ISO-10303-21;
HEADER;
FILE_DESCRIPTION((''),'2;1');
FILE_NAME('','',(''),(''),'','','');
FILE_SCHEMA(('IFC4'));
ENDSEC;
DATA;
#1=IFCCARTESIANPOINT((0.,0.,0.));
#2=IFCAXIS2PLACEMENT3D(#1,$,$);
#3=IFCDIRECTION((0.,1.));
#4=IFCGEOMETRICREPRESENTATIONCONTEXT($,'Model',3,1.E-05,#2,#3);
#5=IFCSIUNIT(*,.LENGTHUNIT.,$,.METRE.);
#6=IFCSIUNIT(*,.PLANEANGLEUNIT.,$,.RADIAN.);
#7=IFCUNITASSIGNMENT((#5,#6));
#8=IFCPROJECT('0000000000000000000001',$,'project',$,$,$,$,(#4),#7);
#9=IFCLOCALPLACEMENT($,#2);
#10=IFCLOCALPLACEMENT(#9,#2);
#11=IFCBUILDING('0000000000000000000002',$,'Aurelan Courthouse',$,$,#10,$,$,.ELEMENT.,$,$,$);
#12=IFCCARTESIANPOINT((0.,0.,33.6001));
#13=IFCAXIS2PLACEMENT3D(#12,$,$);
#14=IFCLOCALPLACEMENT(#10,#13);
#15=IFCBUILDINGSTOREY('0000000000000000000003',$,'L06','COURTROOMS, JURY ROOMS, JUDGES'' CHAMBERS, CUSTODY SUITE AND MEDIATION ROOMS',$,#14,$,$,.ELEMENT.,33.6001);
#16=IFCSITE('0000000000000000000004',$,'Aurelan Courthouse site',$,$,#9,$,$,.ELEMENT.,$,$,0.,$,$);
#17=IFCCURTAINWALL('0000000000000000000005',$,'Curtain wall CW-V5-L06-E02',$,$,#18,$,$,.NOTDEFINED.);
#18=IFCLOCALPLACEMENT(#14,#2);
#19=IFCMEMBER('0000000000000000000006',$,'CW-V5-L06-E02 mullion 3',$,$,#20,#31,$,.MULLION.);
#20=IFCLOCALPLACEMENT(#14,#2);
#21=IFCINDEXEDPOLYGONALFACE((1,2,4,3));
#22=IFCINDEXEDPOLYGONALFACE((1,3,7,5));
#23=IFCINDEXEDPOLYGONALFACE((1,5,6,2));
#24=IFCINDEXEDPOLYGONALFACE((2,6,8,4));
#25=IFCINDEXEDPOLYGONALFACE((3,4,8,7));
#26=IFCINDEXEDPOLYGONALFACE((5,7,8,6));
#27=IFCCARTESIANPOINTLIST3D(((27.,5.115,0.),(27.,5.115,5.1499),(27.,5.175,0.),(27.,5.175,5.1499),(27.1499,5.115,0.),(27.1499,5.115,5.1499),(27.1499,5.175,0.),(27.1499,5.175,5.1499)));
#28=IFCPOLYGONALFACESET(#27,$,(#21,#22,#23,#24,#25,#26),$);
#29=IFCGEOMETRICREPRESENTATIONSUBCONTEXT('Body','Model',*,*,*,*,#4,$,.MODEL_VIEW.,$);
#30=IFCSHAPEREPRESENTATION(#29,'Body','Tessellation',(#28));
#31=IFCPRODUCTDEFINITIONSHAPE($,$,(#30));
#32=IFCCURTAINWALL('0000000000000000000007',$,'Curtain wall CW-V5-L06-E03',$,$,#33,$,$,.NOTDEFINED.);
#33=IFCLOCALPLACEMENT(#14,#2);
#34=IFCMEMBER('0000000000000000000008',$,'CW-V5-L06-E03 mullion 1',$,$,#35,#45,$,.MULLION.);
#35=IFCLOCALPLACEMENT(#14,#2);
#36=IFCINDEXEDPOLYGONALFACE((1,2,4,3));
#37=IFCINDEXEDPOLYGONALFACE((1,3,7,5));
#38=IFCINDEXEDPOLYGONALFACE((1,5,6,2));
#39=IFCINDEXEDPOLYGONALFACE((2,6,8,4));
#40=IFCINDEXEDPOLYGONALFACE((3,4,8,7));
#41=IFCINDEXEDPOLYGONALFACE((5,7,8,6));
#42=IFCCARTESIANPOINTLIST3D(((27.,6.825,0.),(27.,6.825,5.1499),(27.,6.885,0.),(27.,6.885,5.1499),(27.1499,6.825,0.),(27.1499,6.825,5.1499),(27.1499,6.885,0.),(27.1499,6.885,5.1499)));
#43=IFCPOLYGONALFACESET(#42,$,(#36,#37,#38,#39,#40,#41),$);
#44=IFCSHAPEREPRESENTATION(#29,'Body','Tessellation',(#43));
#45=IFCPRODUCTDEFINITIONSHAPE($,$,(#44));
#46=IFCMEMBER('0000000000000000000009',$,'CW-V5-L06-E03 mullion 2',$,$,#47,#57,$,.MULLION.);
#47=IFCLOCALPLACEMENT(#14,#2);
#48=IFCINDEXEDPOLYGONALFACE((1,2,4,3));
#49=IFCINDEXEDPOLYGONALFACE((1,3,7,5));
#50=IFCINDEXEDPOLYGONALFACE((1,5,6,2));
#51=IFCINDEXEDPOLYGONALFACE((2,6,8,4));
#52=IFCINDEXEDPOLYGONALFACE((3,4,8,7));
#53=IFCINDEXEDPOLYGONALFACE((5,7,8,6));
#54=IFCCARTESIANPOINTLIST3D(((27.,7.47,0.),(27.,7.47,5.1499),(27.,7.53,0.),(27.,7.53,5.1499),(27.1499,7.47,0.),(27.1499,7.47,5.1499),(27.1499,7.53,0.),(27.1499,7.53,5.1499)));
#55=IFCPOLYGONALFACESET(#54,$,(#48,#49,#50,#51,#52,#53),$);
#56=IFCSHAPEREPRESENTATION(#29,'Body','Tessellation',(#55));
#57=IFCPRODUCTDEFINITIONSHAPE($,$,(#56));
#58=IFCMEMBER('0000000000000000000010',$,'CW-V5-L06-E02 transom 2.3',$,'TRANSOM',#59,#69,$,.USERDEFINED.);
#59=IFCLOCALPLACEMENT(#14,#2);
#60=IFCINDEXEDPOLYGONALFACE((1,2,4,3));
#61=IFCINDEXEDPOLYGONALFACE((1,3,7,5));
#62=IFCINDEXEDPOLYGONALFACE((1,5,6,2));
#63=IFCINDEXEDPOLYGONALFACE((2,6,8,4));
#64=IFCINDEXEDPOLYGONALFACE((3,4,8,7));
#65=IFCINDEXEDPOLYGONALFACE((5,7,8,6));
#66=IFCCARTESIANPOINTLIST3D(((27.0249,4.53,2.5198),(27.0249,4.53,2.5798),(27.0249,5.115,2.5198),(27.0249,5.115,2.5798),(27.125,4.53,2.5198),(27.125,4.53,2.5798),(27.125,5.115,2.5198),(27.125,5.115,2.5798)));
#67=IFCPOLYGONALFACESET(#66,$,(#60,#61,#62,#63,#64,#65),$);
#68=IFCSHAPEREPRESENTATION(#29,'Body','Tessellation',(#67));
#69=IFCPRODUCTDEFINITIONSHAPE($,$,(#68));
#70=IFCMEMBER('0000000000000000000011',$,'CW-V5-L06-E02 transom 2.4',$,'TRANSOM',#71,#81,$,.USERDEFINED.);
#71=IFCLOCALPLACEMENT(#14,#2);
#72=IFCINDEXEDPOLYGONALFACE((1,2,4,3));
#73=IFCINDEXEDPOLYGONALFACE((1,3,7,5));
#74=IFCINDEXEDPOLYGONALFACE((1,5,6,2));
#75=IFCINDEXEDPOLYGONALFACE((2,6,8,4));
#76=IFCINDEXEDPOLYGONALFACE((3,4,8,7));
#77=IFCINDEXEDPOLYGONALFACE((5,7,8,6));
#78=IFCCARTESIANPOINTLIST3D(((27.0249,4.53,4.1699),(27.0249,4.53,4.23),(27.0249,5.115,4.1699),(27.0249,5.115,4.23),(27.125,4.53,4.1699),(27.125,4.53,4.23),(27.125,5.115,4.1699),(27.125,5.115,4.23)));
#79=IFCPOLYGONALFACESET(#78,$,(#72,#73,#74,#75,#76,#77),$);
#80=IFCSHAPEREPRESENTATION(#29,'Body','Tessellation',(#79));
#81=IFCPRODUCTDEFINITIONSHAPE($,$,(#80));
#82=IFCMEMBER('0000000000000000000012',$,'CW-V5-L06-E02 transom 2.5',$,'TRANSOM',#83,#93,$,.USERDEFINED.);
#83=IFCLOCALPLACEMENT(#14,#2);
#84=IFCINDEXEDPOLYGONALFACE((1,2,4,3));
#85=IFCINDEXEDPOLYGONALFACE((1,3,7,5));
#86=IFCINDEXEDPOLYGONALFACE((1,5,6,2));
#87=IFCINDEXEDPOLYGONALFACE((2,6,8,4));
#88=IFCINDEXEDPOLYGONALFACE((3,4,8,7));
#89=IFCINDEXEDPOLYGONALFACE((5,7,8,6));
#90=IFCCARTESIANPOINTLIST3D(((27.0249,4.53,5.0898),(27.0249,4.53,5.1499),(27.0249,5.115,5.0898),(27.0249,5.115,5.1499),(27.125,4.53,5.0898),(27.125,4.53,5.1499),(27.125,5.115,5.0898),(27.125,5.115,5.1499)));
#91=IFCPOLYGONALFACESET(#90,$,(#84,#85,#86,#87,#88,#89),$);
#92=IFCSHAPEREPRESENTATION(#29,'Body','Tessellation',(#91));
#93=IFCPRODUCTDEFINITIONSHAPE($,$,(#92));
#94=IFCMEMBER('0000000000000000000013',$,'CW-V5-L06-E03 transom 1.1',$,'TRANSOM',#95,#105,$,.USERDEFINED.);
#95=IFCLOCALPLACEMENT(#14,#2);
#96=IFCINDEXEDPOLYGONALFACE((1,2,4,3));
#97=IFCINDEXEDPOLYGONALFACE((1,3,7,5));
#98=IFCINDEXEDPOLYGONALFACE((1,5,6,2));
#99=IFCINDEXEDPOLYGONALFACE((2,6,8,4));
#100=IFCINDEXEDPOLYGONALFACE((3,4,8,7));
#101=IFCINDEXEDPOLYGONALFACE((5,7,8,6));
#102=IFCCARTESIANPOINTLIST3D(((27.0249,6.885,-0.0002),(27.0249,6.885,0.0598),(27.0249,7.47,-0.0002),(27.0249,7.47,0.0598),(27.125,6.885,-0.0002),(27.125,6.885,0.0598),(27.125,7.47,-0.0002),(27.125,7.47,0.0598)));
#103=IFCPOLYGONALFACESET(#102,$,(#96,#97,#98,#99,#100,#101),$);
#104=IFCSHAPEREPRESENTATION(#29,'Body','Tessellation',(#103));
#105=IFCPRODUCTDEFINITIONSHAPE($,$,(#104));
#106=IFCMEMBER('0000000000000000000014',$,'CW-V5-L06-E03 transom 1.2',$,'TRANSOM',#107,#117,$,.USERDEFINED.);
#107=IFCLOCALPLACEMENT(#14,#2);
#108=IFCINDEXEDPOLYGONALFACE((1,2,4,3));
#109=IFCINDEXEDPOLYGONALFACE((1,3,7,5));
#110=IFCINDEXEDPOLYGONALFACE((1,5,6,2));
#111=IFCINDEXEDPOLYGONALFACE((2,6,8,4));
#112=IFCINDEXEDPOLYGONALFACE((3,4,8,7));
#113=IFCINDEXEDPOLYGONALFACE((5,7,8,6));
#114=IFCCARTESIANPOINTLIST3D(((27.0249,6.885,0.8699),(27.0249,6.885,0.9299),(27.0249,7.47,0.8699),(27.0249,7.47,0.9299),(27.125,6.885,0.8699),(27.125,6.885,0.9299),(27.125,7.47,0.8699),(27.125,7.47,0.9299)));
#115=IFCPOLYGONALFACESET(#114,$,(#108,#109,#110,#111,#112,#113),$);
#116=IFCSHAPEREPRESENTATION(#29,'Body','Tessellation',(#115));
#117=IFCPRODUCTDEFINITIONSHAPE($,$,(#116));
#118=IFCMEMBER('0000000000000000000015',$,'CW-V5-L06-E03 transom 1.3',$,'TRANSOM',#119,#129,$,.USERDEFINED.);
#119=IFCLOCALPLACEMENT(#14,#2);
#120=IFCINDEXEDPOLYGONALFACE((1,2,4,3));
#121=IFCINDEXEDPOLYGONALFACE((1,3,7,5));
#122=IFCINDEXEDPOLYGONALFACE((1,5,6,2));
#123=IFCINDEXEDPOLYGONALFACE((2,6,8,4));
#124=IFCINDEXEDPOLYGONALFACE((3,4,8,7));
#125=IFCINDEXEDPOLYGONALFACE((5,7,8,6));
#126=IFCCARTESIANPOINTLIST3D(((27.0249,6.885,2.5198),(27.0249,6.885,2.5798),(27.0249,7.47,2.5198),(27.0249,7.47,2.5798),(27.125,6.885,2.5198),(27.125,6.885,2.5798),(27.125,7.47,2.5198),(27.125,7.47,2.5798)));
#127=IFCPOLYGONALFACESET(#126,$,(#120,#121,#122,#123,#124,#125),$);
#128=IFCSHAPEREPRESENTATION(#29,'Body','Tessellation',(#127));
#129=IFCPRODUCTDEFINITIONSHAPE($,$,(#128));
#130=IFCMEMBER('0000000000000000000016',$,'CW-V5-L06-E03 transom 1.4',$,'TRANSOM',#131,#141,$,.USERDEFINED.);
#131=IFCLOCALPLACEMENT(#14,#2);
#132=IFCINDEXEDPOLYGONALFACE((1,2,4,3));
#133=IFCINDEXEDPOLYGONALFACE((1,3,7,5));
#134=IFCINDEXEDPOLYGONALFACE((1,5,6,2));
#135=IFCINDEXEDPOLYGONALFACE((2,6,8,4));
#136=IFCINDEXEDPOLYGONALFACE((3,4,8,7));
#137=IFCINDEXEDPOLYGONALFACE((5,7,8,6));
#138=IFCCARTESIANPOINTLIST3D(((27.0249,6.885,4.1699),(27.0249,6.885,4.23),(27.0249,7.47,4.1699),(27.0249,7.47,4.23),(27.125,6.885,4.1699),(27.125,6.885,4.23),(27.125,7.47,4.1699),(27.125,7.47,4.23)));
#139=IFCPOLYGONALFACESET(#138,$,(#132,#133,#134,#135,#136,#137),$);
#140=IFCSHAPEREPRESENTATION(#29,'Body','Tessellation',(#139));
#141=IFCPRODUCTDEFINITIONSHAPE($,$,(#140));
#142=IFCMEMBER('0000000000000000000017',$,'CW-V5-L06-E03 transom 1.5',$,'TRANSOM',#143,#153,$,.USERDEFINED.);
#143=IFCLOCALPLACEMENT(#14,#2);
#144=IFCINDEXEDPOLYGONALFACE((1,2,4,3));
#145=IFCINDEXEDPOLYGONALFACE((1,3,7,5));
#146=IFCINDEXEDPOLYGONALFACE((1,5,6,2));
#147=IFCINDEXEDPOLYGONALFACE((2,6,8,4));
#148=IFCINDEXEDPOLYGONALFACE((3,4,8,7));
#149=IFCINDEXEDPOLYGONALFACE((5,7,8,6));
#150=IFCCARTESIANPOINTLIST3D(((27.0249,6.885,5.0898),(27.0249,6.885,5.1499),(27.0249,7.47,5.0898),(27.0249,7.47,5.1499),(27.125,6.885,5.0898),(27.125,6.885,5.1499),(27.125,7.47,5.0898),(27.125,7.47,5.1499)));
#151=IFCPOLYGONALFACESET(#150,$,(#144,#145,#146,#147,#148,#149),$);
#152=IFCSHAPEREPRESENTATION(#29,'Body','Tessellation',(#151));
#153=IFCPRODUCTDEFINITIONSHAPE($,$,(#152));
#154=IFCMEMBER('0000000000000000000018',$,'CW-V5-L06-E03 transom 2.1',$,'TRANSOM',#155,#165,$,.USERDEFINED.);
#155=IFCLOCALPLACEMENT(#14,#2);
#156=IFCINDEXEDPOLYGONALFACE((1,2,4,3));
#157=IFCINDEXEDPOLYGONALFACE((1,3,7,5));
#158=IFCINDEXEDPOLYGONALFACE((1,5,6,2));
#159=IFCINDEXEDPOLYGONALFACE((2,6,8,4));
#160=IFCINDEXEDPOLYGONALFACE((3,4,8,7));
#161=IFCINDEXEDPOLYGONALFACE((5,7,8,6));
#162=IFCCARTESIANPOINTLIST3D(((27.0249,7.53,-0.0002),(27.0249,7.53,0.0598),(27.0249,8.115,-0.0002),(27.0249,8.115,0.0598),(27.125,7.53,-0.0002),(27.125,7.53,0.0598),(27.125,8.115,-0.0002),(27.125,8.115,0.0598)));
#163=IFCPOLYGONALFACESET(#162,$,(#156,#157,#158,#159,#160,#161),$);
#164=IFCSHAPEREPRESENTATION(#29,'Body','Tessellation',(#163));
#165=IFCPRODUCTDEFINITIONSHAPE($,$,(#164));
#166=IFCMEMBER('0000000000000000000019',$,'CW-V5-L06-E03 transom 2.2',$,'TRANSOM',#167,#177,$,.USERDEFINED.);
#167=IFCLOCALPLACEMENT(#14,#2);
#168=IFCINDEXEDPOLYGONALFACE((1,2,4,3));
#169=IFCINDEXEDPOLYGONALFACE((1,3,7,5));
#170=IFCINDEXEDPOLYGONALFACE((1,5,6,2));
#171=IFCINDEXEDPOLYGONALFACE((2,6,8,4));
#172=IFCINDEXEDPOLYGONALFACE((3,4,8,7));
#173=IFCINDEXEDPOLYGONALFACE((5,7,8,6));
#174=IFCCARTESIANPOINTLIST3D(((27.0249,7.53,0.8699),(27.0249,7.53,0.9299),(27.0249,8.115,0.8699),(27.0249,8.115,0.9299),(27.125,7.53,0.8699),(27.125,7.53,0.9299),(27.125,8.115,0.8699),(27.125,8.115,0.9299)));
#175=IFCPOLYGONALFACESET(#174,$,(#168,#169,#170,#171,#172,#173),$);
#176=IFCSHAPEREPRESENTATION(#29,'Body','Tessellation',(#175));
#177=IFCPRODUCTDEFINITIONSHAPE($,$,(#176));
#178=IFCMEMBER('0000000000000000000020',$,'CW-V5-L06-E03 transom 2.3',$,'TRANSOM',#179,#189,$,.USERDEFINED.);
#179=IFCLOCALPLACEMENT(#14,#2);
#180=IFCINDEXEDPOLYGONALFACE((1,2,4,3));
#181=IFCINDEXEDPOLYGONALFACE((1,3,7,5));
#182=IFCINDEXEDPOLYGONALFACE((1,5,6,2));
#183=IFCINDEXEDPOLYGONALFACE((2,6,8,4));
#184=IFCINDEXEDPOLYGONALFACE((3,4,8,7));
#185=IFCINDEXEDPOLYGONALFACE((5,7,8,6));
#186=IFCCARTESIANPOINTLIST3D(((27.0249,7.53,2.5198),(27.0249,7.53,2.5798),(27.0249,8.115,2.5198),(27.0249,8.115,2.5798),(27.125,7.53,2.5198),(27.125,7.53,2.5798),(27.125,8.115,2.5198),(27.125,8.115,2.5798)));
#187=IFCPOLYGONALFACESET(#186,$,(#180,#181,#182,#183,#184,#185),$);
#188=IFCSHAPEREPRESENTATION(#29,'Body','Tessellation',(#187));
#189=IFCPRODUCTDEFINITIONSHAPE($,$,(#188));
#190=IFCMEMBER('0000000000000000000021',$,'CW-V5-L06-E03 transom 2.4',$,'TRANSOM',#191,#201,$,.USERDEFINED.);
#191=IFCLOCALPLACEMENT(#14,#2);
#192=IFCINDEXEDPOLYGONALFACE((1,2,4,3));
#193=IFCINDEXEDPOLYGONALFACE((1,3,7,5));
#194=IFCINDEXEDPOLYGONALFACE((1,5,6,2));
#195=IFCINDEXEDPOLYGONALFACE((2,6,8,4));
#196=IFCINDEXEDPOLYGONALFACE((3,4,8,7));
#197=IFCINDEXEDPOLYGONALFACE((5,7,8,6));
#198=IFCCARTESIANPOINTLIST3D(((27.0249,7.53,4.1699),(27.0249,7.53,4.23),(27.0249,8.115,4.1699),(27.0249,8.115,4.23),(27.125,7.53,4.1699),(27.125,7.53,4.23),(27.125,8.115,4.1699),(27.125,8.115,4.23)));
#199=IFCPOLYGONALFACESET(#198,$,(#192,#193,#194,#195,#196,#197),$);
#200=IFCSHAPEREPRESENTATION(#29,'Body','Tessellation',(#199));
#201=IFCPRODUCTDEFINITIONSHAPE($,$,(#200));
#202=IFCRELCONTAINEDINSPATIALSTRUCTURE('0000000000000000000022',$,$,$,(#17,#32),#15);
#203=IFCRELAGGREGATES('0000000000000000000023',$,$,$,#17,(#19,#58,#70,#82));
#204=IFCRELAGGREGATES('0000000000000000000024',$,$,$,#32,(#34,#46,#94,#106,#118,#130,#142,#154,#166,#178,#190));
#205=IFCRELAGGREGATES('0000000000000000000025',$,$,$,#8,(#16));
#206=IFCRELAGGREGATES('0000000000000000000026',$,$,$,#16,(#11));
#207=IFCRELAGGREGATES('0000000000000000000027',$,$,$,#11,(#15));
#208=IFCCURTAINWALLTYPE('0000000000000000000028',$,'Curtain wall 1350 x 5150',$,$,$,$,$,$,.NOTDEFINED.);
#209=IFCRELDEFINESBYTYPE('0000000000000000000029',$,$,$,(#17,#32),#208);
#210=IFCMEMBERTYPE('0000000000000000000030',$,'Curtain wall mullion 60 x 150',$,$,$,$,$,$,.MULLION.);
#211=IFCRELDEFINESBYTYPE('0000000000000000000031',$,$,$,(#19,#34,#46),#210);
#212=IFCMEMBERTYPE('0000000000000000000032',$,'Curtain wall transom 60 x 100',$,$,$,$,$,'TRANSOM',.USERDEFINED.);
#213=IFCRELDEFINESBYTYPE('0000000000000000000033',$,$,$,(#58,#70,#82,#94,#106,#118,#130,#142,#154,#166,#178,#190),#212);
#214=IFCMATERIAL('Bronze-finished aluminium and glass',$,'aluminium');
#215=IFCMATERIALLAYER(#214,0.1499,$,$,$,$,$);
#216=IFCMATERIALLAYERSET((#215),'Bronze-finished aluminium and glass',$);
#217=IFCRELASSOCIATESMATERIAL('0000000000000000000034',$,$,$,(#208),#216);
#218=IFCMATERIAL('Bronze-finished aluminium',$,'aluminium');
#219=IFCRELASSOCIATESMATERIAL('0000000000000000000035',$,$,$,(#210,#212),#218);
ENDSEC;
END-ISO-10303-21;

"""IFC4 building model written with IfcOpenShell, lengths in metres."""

from ifc_helpers import new_model, si_unit, direction, frame, origin, origin_2d, place, context, subcontext, project, spatial, rectangle, extrude, material, layer, layer_set, material_profile, profile_set, type_object, element, aggregate, save


model = new_model("IFC4")

# Units and contexts
model_context = context("Model", 3, precision=1e-05, world=origin(), true_north=direction((0.0, 1.0)))
body_context = subcontext(model_context, "Body", "Model", "MODEL_VIEW")
ifc_project = project(units=[si_unit("LENGTHUNIT", "METRE"), si_unit("PLANEANGLEUNIT", "RADIAN")], contexts=[model_context])

# Site, building, storey
site_placement = place(None, origin())
site = spatial("IfcSite", under=ifc_project, at=site_placement, Name="Aurelan Courthouse site", CompositionType="ELEMENT", RefElevation=0.0)
building_placement = place(site_placement, origin())
building = spatial("IfcBuilding", under=site, at=building_placement, Name="Aurelan Courthouse", CompositionType="ELEMENT")
storey_placement = place(building_placement, frame((0.0, 0.0, 33.6001)))
storey = spatial("IfcBuildingStorey", under=building, at=storey_placement, Name="L06", Description="COURTROOMS, JURY ROOMS, JUDGES' CHAMBERS, CUSTODY SUITE AND MEDIATION ROOMS", CompositionType="ELEMENT", Elevation=33.6001)

# Curtain wall, member
ifc_material_1 = material(Name="Bronze-finished aluminium and glass", Category="aluminium")
ifc_layer_1 = layer(ifc_material_1, 0.1499)
ifc_layer_set_1 = layer_set([ifc_layer_1], Name="Bronze-finished aluminium and glass")
curtain_wall_type = type_object("IfcCurtainWallType", Name="Curtain wall 1350 x 5150", PredefinedType="NOTDEFINED", material=ifc_layer_set_1)
curtain_wall_1_placement = place(storey_placement, origin())
curtain_wall_1 = element("IfcCurtainWall", 1, at=curtain_wall_1_placement, inside=storey, type_object=curtain_wall_type, Name="Curtain wall CW-V5-L06-E02", PredefinedType="NOTDEFINED")
ifc_material_2 = material(Name="Bronze-finished aluminium", Category="aluminium")
ifc_material_profile_1 = material_profile(ifc_material_2, rectangle(XDim=0.1499, YDim=0.0601, at=origin_2d()), Name="Bronze mullion 60 x 150")
ifc_profile_set_1 = profile_set([ifc_material_profile_1], Name="Bronze-finished aluminium")
member_type_1 = type_object("IfcMemberType", Name="Curtain wall mullion 60 x 150", PredefinedType="MULLION", material=ifc_profile_set_1)
member_1_placement = place(storey_placement, frame((27.075, 5.145, 0.0), z_axis=(0.0, 0.0, 1.0), x_axis=(-1.0, 0.0, 0.0)))
member_1 = element("IfcMember", 2, at=member_1_placement, type_object=member_type_1, Name="CW-V5-L06-E02 mullion 3", PredefinedType="MULLION", context=body_context, shape_type="SweptSolid", body=[
    extrude(rectangle(XDim=0.1499, YDim=0.0601, at=origin_2d()), origin(), (0.0, 0.0, 1.0), 5.1499),
])

# Curtain wall, members
curtain_wall_2_placement = place(storey_placement, origin())
curtain_wall_2 = element("IfcCurtainWall", 3, at=curtain_wall_2_placement, inside=storey, type_object=curtain_wall_type, Name="Curtain wall CW-V5-L06-E03", PredefinedType="NOTDEFINED")
member_2_placement = place(storey_placement, frame((27.075, 6.855, 0.0), z_axis=(0.0, 0.0, 1.0), x_axis=(-1.0, 0.0, 0.0)))
member_2 = element("IfcMember", 4, at=member_2_placement, type_object=member_type_1, Name="CW-V5-L06-E03 mullion 1", PredefinedType="MULLION", context=body_context, shape_type="SweptSolid", body=[
    extrude(rectangle(XDim=0.1499, YDim=0.0601, at=origin_2d()), origin(), (0.0, 0.0, 1.0), 5.1499),
])
member_3_placement = place(storey_placement, frame((27.075, 7.5, 0.0), z_axis=(0.0, 0.0, 1.0), x_axis=(-1.0, 0.0, 0.0)))
member_3 = element("IfcMember", 5, at=member_3_placement, type_object=member_type_1, Name="CW-V5-L06-E03 mullion 2", PredefinedType="MULLION", context=body_context, shape_type="SweptSolid", body=[
    extrude(rectangle(XDim=0.1499, YDim=0.0601, at=origin_2d()), origin(), (0.0, 0.0, 1.0), 5.1499),
])

# Members
ifc_material_profile_2 = material_profile(ifc_material_2, rectangle(XDim=0.1001, YDim=0.0601, at=origin_2d()), Name="Bronze transom 60 x 100")
ifc_profile_set_2 = profile_set([ifc_material_profile_2], Name="Bronze-finished aluminium")
member_type_2 = type_object("IfcMemberType", Name="Curtain wall transom 60 x 100", ElementType="TRANSOM", PredefinedType="USERDEFINED", material=ifc_profile_set_2)
member_4_placement = place(storey_placement, frame((27.075, 4.53, 2.5498), z_axis=(0.0, 1.0, 0.0), x_axis=(-1.0, 0.0, 0.0)))
member_4 = element("IfcMember", 6, at=member_4_placement, type_object=member_type_2, Name="CW-V5-L06-E02 transom 2.3", ObjectType="TRANSOM", PredefinedType="USERDEFINED", context=body_context, shape_type="SweptSolid", body=[
    extrude(rectangle(XDim=0.1001, YDim=0.0601, at=origin_2d()), origin(), (0.0, 0.0, 1.0), 0.585),
])
member_5_placement = place(storey_placement, frame((27.075, 4.53, 4.2), z_axis=(0.0, 1.0, 0.0), x_axis=(-1.0, 0.0, 0.0)))
member_5 = element("IfcMember", 7, at=member_5_placement, type_object=member_type_2, Name="CW-V5-L06-E02 transom 2.4", ObjectType="TRANSOM", PredefinedType="USERDEFINED", context=body_context, shape_type="SweptSolid", body=[
    extrude(rectangle(XDim=0.1001, YDim=0.0601, at=origin_2d()), origin(), (0.0, 0.0, 1.0), 0.585),
])
member_6_placement = place(storey_placement, frame((27.075, 4.53, 5.1199), z_axis=(0.0, 1.0, 0.0), x_axis=(-1.0, 0.0, 0.0)))
member_6 = element("IfcMember", 8, at=member_6_placement, type_object=member_type_2, Name="CW-V5-L06-E02 transom 2.5", ObjectType="TRANSOM", PredefinedType="USERDEFINED", context=body_context, shape_type="SweptSolid", body=[
    extrude(rectangle(XDim=0.1001, YDim=0.0601, at=origin_2d()), origin(), (0.0, 0.0, 1.0), 0.585),
])
member_7_placement = place(storey_placement, frame((27.075, 6.885, 0.0298), z_axis=(0.0, 1.0, 0.0), x_axis=(-1.0, 0.0, 0.0)))
member_7 = element("IfcMember", 9, at=member_7_placement, type_object=member_type_2, Name="CW-V5-L06-E03 transom 1.1", ObjectType="TRANSOM", PredefinedType="USERDEFINED", context=body_context, shape_type="SweptSolid", body=[
    extrude(rectangle(XDim=0.1001, YDim=0.0601, at=origin_2d()), origin(), (0.0, 0.0, 1.0), 0.585),
])
member_8_placement = place(storey_placement, frame((27.075, 6.885, 0.8999), z_axis=(0.0, 1.0, 0.0), x_axis=(-1.0, 0.0, 0.0)))
member_8 = element("IfcMember", 10, at=member_8_placement, type_object=member_type_2, Name="CW-V5-L06-E03 transom 1.2", ObjectType="TRANSOM", PredefinedType="USERDEFINED", context=body_context, shape_type="SweptSolid", body=[
    extrude(rectangle(XDim=0.1001, YDim=0.0601, at=origin_2d()), origin(), (0.0, 0.0, 1.0), 0.585),
])
member_9_placement = place(storey_placement, frame((27.075, 6.885, 2.5498), z_axis=(0.0, 1.0, 0.0), x_axis=(-1.0, 0.0, 0.0)))
member_9 = element("IfcMember", 11, at=member_9_placement, type_object=member_type_2, Name="CW-V5-L06-E03 transom 1.3", ObjectType="TRANSOM", PredefinedType="USERDEFINED", context=body_context, shape_type="SweptSolid", body=[
    extrude(rectangle(XDim=0.1001, YDim=0.0601, at=origin_2d()), origin(), (0.0, 0.0, 1.0), 0.585),
])
member_10_placement = place(storey_placement, frame((27.075, 6.885, 4.2), z_axis=(0.0, 1.0, 0.0), x_axis=(-1.0, 0.0, 0.0)))
member_10 = element("IfcMember", 12, at=member_10_placement, type_object=member_type_2, Name="CW-V5-L06-E03 transom 1.4", ObjectType="TRANSOM", PredefinedType="USERDEFINED", context=body_context, shape_type="SweptSolid", body=[
    extrude(rectangle(XDim=0.1001, YDim=0.0601, at=origin_2d()), origin(), (0.0, 0.0, 1.0), 0.585),
])
member_11_placement = place(storey_placement, frame((27.075, 6.885, 5.1199), z_axis=(0.0, 1.0, 0.0), x_axis=(-1.0, 0.0, 0.0)))
member_11 = element("IfcMember", 13, at=member_11_placement, type_object=member_type_2, Name="CW-V5-L06-E03 transom 1.5", ObjectType="TRANSOM", PredefinedType="USERDEFINED", context=body_context, shape_type="SweptSolid", body=[
    extrude(rectangle(XDim=0.1001, YDim=0.0601, at=origin_2d()), origin(), (0.0, 0.0, 1.0), 0.585),
])
member_12_placement = place(storey_placement, frame((27.075, 7.53, 0.0298), z_axis=(0.0, 1.0, 0.0), x_axis=(-1.0, 0.0, 0.0)))
member_12 = element("IfcMember", 14, at=member_12_placement, type_object=member_type_2, Name="CW-V5-L06-E03 transom 2.1", ObjectType="TRANSOM", PredefinedType="USERDEFINED", context=body_context, shape_type="SweptSolid", body=[
    extrude(rectangle(XDim=0.1001, YDim=0.0601, at=origin_2d()), origin(), (0.0, 0.0, 1.0), 0.585),
])
member_13_placement = place(storey_placement, frame((27.075, 7.53, 0.8999), z_axis=(0.0, 1.0, 0.0), x_axis=(-1.0, 0.0, 0.0)))
member_13 = element("IfcMember", 15, at=member_13_placement, type_object=member_type_2, Name="CW-V5-L06-E03 transom 2.2", ObjectType="TRANSOM", PredefinedType="USERDEFINED", context=body_context, shape_type="SweptSolid", body=[
    extrude(rectangle(XDim=0.1001, YDim=0.0601, at=origin_2d()), origin(), (0.0, 0.0, 1.0), 0.585),
])
member_14_placement = place(storey_placement, frame((27.075, 7.53, 2.5498), z_axis=(0.0, 1.0, 0.0), x_axis=(-1.0, 0.0, 0.0)))
member_14 = element("IfcMember", 16, at=member_14_placement, type_object=member_type_2, Name="CW-V5-L06-E03 transom 2.3", ObjectType="TRANSOM", PredefinedType="USERDEFINED", context=body_context, shape_type="SweptSolid", body=[
    extrude(rectangle(XDim=0.1001, YDim=0.0601, at=origin_2d()), origin(), (0.0, 0.0, 1.0), 0.585),
])
member_15_placement = place(storey_placement, frame((27.075, 7.53, 4.2), z_axis=(0.0, 1.0, 0.0), x_axis=(-1.0, 0.0, 0.0)))
member_15 = element("IfcMember", 17, at=member_15_placement, type_object=member_type_2, Name="CW-V5-L06-E03 transom 2.4", ObjectType="TRANSOM", PredefinedType="USERDEFINED", context=body_context, shape_type="SweptSolid", body=[
    extrude(rectangle(XDim=0.1001, YDim=0.0601, at=origin_2d()), origin(), (0.0, 0.0, 1.0), 0.585),
])

aggregate(curtain_wall_1, [member_1, member_4, member_5, member_6])
aggregate(curtain_wall_2, [member_2, member_3, member_7, member_8, member_9, member_10, member_11, member_12, member_13, member_14, member_15])

save(model, "model.ifc")
